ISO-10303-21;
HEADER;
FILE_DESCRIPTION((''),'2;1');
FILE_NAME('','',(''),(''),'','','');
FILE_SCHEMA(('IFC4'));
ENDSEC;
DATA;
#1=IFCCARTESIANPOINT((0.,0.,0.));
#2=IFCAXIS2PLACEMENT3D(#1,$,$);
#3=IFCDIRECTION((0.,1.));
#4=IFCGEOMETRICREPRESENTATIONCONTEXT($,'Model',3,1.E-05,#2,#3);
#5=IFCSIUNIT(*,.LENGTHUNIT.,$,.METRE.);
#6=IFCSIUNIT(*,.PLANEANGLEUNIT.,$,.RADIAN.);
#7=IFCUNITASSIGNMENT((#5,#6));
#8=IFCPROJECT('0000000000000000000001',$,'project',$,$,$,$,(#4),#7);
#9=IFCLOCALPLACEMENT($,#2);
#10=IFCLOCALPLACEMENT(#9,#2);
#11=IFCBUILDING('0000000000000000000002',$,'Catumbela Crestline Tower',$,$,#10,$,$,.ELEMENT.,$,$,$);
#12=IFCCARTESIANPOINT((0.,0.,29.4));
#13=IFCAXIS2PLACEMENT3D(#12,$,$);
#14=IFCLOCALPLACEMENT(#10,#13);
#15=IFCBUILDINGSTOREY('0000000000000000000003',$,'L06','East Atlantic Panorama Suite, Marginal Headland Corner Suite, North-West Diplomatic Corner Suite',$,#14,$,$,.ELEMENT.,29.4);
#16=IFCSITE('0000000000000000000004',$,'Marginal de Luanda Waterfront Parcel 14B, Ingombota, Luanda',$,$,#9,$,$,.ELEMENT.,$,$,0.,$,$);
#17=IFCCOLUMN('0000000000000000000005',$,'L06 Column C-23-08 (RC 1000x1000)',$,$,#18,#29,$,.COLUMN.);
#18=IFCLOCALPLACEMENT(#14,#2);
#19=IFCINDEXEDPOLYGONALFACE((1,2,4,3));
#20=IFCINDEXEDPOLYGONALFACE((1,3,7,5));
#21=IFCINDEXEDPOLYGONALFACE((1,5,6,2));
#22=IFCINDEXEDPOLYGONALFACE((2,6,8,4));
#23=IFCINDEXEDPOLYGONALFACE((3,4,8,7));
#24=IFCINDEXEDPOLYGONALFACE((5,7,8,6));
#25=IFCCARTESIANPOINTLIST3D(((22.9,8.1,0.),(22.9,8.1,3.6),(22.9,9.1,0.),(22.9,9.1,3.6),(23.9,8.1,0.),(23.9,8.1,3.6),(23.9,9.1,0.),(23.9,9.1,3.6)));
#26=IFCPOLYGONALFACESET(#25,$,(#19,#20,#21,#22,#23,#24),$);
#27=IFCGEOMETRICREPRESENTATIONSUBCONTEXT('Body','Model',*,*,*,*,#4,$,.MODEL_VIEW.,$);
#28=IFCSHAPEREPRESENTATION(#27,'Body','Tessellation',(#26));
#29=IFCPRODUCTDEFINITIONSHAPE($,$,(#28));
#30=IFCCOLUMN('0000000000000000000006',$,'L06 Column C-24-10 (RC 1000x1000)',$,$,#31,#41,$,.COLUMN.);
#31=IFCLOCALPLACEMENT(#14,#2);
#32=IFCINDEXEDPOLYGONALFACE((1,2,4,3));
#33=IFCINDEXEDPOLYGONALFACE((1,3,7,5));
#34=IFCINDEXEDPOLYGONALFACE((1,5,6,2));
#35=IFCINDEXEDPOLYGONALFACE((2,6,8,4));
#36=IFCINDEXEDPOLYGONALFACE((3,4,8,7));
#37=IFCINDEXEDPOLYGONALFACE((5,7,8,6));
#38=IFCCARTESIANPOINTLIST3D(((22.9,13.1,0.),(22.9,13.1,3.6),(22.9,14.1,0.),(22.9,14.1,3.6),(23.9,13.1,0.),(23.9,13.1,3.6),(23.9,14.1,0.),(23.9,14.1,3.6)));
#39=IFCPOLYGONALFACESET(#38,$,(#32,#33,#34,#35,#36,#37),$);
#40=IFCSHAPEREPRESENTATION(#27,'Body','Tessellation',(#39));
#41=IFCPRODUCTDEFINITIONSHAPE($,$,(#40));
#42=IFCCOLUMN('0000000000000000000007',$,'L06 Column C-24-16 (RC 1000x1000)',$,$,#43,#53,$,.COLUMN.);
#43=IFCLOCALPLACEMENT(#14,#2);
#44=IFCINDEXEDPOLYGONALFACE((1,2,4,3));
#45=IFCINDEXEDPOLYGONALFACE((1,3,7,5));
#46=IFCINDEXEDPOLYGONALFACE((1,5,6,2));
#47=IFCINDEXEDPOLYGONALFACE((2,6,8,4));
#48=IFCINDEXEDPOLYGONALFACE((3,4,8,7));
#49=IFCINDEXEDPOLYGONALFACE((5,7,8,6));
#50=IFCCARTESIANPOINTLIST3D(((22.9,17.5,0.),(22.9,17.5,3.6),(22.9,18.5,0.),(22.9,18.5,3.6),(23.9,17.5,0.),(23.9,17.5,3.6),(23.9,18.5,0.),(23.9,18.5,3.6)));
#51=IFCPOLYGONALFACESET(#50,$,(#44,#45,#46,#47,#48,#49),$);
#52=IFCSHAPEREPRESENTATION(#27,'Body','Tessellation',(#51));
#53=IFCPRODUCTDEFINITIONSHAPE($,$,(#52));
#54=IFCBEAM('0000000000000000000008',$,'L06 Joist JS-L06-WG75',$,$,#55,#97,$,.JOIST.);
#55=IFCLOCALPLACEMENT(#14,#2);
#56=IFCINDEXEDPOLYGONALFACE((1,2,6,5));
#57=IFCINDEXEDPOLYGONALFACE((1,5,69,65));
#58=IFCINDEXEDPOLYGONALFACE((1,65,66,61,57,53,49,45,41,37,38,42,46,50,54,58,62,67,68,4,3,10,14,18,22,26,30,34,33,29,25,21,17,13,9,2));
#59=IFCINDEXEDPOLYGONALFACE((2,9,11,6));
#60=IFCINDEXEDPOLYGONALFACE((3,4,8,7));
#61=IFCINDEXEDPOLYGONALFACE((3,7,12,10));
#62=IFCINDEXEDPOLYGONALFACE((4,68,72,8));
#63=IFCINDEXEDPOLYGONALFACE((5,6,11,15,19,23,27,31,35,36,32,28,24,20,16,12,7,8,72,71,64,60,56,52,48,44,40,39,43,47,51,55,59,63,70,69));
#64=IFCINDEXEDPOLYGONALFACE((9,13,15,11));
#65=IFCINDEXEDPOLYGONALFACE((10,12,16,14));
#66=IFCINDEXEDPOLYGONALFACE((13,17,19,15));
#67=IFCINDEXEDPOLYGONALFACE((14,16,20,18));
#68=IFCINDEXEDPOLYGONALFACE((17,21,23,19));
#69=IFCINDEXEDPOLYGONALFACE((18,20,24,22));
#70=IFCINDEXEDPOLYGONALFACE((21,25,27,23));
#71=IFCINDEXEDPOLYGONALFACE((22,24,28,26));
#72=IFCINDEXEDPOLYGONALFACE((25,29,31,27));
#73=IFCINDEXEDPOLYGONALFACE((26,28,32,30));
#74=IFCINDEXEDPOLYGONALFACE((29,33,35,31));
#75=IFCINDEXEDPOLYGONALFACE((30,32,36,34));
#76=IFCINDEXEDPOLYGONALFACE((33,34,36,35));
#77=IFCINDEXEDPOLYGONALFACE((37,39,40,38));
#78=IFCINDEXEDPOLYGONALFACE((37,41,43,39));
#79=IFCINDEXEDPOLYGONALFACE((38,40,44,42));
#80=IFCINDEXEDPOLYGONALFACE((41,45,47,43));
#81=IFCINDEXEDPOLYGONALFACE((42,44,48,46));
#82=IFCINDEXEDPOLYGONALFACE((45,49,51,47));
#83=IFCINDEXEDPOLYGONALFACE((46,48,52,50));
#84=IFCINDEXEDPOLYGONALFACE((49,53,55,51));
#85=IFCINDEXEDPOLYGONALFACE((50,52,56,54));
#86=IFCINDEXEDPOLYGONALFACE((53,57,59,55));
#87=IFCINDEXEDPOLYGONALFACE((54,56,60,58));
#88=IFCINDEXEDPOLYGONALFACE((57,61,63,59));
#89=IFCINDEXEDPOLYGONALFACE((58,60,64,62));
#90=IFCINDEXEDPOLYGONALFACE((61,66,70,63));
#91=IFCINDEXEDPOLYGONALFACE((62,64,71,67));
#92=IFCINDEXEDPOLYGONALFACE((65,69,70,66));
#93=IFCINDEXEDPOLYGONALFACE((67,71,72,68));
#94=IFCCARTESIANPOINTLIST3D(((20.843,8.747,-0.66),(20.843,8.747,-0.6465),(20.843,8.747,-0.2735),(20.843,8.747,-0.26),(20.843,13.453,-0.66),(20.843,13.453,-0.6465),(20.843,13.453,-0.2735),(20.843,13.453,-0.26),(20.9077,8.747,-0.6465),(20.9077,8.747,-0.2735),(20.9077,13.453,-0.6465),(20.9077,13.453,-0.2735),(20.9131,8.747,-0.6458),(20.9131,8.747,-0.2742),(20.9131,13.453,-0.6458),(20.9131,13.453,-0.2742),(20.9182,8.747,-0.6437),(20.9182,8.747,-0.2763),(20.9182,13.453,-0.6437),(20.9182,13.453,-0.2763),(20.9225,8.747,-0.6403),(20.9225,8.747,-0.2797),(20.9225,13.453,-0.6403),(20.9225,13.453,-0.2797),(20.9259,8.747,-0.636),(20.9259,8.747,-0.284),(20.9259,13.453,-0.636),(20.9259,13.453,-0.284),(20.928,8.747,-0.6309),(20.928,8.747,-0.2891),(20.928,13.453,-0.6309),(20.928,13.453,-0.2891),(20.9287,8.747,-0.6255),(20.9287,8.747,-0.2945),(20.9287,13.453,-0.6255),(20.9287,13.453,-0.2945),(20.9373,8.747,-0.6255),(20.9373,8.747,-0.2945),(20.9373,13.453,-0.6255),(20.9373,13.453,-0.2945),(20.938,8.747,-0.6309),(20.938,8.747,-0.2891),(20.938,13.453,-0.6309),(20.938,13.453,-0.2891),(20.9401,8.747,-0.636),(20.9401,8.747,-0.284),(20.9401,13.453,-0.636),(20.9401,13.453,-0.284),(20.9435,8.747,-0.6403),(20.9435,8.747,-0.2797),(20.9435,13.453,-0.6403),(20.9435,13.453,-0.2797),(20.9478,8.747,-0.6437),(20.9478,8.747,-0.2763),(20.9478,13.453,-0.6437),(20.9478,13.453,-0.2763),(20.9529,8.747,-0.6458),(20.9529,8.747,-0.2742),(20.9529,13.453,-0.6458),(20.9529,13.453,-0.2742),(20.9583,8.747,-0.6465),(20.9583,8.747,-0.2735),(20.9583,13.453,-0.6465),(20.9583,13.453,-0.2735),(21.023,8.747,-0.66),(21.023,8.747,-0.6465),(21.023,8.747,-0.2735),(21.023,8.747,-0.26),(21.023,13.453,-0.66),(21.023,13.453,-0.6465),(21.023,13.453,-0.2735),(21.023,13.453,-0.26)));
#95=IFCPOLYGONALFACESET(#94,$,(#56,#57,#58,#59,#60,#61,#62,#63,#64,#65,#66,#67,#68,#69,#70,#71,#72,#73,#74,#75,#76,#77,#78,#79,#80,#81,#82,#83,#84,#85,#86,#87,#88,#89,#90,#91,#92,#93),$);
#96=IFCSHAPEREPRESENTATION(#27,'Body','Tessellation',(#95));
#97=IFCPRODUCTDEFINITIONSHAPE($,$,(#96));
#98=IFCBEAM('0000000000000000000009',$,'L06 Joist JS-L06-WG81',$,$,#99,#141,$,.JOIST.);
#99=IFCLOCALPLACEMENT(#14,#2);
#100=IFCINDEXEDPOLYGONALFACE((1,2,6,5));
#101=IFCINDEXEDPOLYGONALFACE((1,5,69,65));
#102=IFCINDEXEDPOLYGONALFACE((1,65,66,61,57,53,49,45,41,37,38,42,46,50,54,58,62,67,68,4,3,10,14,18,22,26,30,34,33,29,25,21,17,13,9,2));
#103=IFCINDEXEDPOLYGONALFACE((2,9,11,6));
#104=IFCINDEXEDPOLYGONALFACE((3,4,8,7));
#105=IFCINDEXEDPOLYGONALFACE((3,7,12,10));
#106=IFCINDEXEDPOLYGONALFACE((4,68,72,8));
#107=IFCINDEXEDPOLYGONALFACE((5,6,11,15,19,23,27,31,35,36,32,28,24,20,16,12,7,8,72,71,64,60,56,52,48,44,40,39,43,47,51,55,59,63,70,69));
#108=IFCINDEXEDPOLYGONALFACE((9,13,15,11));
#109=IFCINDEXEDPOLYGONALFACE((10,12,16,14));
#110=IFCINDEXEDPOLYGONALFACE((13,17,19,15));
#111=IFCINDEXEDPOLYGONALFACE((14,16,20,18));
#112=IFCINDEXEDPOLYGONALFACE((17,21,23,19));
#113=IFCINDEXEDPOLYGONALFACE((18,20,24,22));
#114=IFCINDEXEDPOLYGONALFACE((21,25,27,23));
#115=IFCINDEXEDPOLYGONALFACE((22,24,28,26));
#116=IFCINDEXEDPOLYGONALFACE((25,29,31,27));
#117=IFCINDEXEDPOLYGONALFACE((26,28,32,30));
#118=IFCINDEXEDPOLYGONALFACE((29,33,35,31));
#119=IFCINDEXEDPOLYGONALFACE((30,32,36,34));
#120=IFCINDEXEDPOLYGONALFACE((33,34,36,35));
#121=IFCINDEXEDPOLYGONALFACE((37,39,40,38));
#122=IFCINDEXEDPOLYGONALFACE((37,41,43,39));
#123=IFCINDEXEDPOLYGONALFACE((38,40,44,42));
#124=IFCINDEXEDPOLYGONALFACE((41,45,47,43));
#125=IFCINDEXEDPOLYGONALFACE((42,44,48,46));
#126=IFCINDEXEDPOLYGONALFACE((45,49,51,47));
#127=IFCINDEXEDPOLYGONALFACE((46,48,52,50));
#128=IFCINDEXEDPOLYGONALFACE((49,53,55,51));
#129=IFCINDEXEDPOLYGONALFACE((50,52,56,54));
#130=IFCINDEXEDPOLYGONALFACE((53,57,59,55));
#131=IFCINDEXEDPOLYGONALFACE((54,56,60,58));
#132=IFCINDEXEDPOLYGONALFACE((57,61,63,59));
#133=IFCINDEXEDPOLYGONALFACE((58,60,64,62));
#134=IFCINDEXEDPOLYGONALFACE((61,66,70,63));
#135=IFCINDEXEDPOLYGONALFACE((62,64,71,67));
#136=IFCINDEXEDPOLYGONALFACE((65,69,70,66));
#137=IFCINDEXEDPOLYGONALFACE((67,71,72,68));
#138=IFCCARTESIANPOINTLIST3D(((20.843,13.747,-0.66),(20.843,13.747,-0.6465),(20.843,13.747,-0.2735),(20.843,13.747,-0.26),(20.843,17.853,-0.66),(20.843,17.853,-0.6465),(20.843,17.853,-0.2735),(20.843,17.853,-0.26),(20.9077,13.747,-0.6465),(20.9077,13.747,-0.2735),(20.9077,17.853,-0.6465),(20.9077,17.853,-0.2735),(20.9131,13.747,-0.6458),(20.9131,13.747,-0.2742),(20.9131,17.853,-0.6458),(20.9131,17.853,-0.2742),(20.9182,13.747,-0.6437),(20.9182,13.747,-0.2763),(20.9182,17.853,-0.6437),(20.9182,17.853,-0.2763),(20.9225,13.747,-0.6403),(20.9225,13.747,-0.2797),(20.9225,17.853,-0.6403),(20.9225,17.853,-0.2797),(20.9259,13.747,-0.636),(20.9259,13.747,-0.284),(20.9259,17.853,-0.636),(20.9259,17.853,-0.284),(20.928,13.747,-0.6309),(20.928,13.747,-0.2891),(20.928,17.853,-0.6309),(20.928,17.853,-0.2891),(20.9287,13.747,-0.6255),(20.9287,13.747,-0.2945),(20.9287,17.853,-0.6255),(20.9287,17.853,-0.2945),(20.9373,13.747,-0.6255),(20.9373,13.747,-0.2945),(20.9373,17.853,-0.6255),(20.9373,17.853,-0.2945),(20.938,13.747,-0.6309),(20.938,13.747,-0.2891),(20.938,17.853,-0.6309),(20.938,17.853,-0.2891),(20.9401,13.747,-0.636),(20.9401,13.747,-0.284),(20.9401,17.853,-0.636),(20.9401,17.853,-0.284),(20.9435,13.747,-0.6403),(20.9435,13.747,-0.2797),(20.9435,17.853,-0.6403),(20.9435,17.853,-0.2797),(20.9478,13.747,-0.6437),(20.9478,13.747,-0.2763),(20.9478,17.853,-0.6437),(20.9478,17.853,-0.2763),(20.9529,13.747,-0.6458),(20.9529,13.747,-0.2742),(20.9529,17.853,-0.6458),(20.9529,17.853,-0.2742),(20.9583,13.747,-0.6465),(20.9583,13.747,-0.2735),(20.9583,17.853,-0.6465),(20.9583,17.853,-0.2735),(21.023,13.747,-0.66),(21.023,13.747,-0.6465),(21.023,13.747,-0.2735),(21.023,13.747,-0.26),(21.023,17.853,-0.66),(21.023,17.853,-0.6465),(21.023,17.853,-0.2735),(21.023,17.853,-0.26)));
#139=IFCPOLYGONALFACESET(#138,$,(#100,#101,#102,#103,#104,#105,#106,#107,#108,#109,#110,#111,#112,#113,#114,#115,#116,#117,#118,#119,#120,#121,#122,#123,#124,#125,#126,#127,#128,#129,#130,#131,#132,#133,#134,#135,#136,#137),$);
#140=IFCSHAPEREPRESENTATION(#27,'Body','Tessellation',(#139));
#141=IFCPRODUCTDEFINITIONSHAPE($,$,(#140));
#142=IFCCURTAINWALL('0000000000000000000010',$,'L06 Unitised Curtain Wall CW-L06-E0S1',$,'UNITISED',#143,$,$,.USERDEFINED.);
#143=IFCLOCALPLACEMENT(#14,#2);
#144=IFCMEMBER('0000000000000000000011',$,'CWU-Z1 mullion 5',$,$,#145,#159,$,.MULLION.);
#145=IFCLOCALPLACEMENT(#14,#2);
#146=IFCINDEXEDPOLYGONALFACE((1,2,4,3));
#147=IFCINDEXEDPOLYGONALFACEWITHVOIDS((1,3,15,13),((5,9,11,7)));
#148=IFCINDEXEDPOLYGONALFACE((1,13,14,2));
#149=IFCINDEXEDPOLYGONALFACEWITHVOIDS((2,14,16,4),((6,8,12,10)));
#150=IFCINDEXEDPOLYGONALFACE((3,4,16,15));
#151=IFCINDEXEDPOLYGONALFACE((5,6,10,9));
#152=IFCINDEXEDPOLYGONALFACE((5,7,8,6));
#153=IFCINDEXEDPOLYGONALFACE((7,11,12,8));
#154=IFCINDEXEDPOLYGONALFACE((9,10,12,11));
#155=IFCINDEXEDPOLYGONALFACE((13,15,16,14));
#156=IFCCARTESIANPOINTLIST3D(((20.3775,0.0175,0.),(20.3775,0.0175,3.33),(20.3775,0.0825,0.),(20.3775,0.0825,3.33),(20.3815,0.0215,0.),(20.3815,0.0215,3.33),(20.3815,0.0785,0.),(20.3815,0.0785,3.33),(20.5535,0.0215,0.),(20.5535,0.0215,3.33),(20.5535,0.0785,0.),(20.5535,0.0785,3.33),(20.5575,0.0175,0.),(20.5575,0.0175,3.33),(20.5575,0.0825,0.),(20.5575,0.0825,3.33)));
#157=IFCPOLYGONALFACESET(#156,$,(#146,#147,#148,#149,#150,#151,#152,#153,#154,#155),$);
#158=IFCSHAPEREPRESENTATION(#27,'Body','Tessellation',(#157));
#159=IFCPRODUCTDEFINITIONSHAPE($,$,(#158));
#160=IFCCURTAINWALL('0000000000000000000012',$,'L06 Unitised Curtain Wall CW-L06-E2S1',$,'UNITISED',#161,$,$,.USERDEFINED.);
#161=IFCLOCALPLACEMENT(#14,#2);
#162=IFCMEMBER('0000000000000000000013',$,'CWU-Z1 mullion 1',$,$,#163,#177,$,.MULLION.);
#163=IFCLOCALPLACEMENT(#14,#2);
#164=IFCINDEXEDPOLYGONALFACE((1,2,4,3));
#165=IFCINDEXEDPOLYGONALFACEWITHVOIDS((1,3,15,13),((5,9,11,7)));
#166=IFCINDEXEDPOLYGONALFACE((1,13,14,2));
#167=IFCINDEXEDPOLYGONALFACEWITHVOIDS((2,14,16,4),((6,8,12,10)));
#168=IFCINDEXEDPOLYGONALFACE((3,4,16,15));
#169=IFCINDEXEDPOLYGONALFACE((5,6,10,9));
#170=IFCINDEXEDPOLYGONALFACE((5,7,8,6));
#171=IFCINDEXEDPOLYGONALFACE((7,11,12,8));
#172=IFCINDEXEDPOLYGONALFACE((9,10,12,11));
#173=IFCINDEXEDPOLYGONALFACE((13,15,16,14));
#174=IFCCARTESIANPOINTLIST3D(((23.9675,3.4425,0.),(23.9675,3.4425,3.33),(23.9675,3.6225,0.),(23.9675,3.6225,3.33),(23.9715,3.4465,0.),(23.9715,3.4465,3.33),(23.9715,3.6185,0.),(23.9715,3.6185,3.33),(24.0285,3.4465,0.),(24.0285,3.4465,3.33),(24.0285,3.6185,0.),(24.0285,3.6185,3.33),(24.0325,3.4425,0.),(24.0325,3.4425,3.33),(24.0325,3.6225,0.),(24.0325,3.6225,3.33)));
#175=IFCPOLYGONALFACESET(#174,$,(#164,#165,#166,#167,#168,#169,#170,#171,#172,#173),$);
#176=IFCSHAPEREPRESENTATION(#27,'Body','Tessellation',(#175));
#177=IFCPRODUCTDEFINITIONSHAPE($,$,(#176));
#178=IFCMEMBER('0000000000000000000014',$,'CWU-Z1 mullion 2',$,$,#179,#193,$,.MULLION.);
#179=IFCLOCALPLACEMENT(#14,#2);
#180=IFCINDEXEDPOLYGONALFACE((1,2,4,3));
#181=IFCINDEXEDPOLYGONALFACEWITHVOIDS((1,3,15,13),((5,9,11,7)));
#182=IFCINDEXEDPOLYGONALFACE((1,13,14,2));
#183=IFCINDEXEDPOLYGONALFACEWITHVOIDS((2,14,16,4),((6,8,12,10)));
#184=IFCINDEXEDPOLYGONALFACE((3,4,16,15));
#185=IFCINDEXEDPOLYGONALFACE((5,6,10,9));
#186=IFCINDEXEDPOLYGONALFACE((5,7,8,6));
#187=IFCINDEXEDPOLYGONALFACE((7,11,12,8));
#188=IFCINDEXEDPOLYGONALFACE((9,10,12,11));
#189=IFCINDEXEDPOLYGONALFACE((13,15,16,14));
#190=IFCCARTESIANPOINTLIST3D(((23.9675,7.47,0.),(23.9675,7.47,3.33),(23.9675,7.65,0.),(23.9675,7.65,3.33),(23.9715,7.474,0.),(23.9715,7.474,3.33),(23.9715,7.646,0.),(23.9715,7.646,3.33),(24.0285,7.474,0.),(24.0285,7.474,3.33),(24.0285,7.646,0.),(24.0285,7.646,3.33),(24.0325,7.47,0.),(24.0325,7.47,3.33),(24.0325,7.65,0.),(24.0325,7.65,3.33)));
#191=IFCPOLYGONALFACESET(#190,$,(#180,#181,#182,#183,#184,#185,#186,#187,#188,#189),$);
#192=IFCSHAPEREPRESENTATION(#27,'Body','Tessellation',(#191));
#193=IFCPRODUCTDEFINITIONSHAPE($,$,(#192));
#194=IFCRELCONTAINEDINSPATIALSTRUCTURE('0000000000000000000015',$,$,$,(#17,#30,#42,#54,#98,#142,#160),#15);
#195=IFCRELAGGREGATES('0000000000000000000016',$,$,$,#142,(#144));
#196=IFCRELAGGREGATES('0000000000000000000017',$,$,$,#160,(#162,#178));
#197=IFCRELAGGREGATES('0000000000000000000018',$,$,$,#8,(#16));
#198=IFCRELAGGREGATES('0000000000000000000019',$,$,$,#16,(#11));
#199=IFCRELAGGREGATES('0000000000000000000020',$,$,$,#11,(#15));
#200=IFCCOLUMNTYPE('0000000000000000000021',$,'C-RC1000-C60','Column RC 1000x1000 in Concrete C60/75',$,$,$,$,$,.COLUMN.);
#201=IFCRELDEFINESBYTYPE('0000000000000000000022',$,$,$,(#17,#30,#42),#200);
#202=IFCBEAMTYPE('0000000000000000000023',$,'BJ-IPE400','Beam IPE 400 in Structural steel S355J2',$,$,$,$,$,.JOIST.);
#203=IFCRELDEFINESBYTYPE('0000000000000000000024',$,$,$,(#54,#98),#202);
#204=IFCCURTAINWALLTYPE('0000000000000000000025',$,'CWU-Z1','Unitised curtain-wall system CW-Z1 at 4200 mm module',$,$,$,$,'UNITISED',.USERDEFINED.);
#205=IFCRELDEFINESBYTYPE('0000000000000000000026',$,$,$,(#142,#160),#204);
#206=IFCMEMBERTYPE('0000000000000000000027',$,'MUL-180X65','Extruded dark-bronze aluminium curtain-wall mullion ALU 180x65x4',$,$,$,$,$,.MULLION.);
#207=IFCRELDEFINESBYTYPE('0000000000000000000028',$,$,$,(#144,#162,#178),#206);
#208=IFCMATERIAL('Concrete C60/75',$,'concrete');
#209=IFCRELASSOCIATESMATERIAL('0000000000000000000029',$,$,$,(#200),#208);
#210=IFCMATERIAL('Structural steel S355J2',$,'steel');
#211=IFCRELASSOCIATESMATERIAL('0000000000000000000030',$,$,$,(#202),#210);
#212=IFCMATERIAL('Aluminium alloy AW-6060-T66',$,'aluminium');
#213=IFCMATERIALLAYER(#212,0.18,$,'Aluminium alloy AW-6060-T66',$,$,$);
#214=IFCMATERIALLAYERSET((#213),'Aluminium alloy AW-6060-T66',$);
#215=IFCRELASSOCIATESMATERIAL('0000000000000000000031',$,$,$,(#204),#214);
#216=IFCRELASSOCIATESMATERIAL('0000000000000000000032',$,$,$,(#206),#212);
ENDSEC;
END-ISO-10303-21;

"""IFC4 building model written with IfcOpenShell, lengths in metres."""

from ifc_helpers import new_model, si_unit, direction, frame, origin, origin_2d, place, context, subcontext, project, spatial, rectangle, hollow_rectangle, i_section, extrude, material, layer, layer_set, material_profile, profile_set, type_object, element, aggregate, save


model = new_model("IFC4")

# Units and contexts
model_context = context("Model", 3, precision=1e-05, world=origin(), true_north=direction((0.0, 1.0)))
body_context = subcontext(model_context, "Body", "Model", "MODEL_VIEW")
ifc_project = project(units=[si_unit("LENGTHUNIT", "METRE"), si_unit("PLANEANGLEUNIT", "RADIAN")], contexts=[model_context])

# Site, building, storey
site_placement = place(None, origin())
site = spatial("IfcSite", under=ifc_project, at=site_placement, Name="Marginal de Luanda Waterfront Parcel 14B, Ingombota, Luanda", CompositionType="ELEMENT", RefElevation=0.0)
building_placement = place(site_placement, origin())
building = spatial("IfcBuilding", under=site, at=building_placement, Name="Catumbela Crestline Tower", CompositionType="ELEMENT")
storey_placement = place(building_placement, frame((0.0, 0.0, 29.4)))
storey = spatial("IfcBuildingStorey", under=building, at=storey_placement, Name="L06", Description="East Atlantic Panorama Suite, Marginal Headland Corner Suite, North-West Diplomatic Corner Suite", CompositionType="ELEMENT", Elevation=29.4)

# Columns
ifc_material_1 = material(Name="Concrete C60/75", Category="concrete")
ifc_material_profile_1 = material_profile(ifc_material_1, rectangle(XDim=1.0, YDim=1.0, at=origin_2d()), Name="RC 1000x1000")
ifc_profile_set_1 = profile_set([ifc_material_profile_1], Name="Concrete C60/75")
column_type = type_object("IfcColumnType", Name="C-RC1000-C60", Description="Column RC 1000x1000 in Concrete C60/75", PredefinedType="COLUMN", material=ifc_profile_set_1)
for number, where, z_axis, x_axis, name in (
    (1, (23.4, 8.6, 0.0), (0.0, 0.0, 1.0), (1.0, 0.0, 0.0), "L06 Column C-23-08 (RC 1000x1000)"),
    (2, (23.4, 13.6, 0.0), (0.0, 0.0, 1.0), (1.0, 0.0, 0.0), "L06 Column C-24-10 (RC 1000x1000)"),
    (3, (23.4, 18.0, 0.0), (0.0, 0.0, 1.0), (1.0, 0.0, 0.0), "L06 Column C-24-16 (RC 1000x1000)"),
):
    element("IfcColumn", number, at=place(storey_placement, frame(where, z_axis=z_axis, x_axis=x_axis)), inside=storey, type_object=column_type, Name=name, PredefinedType="COLUMN", context=body_context, shape_type="SweptSolid", body=[
        extrude(rectangle(XDim=1.0, YDim=1.0, at=origin_2d()), origin(), (0.0, 0.0, 1.0), 3.6),
    ])

# Beams
ifc_material_2 = material(Name="Structural steel S355J2", Category="steel")
ifc_material_profile_2 = material_profile(ifc_material_2, i_section(OverallWidth=0.18, OverallDepth=0.4, WebThickness=0.0086, FlangeThickness=0.0135, FilletRadius=0.021, at=origin_2d()), Name="IPE 400")
ifc_profile_set_2 = profile_set([ifc_material_profile_2], Name="Structural steel S355J2")
beam_type_1 = type_object("IfcBeamType", Name="BJ-IPE400", Description="Beam IPE 400 in Structural steel S355J2", PredefinedType="JOIST", material=ifc_profile_set_2)
beam_1_placement = place(storey_placement, frame((20.933, 8.747, -0.46), z_axis=(0.0, 1.0, 0.0), x_axis=(-1.0, 0.0, 0.0)))
element("IfcBeam", 4, at=beam_1_placement, inside=storey, type_object=beam_type_1, Name="L06 Joist JS-L06-WG75", PredefinedType="JOIST", context=body_context, shape_type="SweptSolid", body=[
    extrude(i_section(OverallWidth=0.18, OverallDepth=0.4, WebThickness=0.0086, FlangeThickness=0.0135, FilletRadius=0.021, at=origin_2d()), origin(), (0.0, 0.0, 1.0), 4.706),
])
beam_2_placement = place(storey_placement, frame((20.933, 13.747, -0.46), z_axis=(0.0, 1.0, 0.0), x_axis=(-1.0, 0.0, 0.0)))
element("IfcBeam", 5, at=beam_2_placement, inside=storey, type_object=beam_type_1, Name="L06 Joist JS-L06-WG81", PredefinedType="JOIST", context=body_context, shape_type="SweptSolid", body=[
    extrude(i_section(OverallWidth=0.18, OverallDepth=0.4, WebThickness=0.0086, FlangeThickness=0.0135, FilletRadius=0.021, at=origin_2d()), origin(), (0.0, 0.0, 1.0), 4.106),
])

# Curtain wall, member
ifc_material_3 = material(Name="Aluminium alloy AW-6060-T66", Category="aluminium")
ifc_layer_1 = layer(ifc_material_3, 0.18, Name="Aluminium alloy AW-6060-T66")
ifc_layer_set_1 = layer_set([ifc_layer_1], Name="Aluminium alloy AW-6060-T66")
curtain_wall_type = type_object("IfcCurtainWallType", Name="CWU-Z1", Description="Unitised curtain-wall system CW-Z1 at 4200 mm module", ElementType="UNITISED", PredefinedType="USERDEFINED", material=ifc_layer_set_1)
curtain_wall_1_placement = place(storey_placement, origin())
curtain_wall_1 = element("IfcCurtainWall", 6, at=curtain_wall_1_placement, inside=storey, type_object=curtain_wall_type, Name="L06 Unitised Curtain Wall CW-L06-E0S1", ObjectType="UNITISED", PredefinedType="USERDEFINED")
ifc_material_profile_3 = material_profile(ifc_material_3, hollow_rectangle(XDim=0.065, YDim=0.18, WallThickness=0.004, at=origin_2d()), Name="ALU 180x65x4")
ifc_profile_set_3 = profile_set([ifc_material_profile_3], Name="Aluminium alloy AW-6060-T66")
member_type_1 = type_object("IfcMemberType", Name="MUL-180X65", Description="Extruded dark-bronze aluminium curtain-wall mullion ALU 180x65x4", PredefinedType="MULLION", material=ifc_profile_set_3)
member_1_placement = place(storey_placement, frame((20.4675, 0.05, 0.0), z_axis=(0.0, 0.0, 1.0), x_axis=(0.0, 1.0, 0.0)))
member_1 = element("IfcMember", 7, at=member_1_placement, type_object=member_type_1, Name="CWU-Z1 mullion 5", PredefinedType="MULLION", context=body_context, shape_type="SweptSolid", body=[
    extrude(hollow_rectangle(XDim=0.065, YDim=0.18, WallThickness=0.004, at=origin_2d()), origin(), (0.0, 0.0, 1.0), 3.33),
])
aggregate(curtain_wall_1, [member_1])

# Curtain wall, members
curtain_wall_2_placement = place(storey_placement, origin())
curtain_wall_2 = element("IfcCurtainWall", 8, at=curtain_wall_2_placement, inside=storey, type_object=curtain_wall_type, Name="L06 Unitised Curtain Wall CW-L06-E2S1", ObjectType="UNITISED", PredefinedType="USERDEFINED")
member_2_placement = place(storey_placement, frame((24.0, 3.5325, 0.0), z_axis=(0.0, 0.0, 1.0), x_axis=(-1.0, 0.0, 0.0)))
member_2 = element("IfcMember", 9, at=member_2_placement, type_object=member_type_1, Name="CWU-Z1 mullion 1", PredefinedType="MULLION", context=body_context, shape_type="SweptSolid", body=[
    extrude(hollow_rectangle(XDim=0.065, YDim=0.18, WallThickness=0.004, at=origin_2d()), origin(), (0.0, 0.0, 1.0), 3.33),
])
member_3_placement = place(storey_placement, frame((24.0, 7.56, 0.0), z_axis=(0.0, 0.0, 1.0), x_axis=(-1.0, 0.0, 0.0)))
member_3 = element("IfcMember", 10, at=member_3_placement, type_object=member_type_1, Name="CWU-Z1 mullion 2", PredefinedType="MULLION", context=body_context, shape_type="SweptSolid", body=[
    extrude(hollow_rectangle(XDim=0.065, YDim=0.18, WallThickness=0.004, at=origin_2d()), origin(), (0.0, 0.0, 1.0), 3.33),
])

aggregate(curtain_wall_2, [member_2, member_3])

save(model, "model.ifc")
